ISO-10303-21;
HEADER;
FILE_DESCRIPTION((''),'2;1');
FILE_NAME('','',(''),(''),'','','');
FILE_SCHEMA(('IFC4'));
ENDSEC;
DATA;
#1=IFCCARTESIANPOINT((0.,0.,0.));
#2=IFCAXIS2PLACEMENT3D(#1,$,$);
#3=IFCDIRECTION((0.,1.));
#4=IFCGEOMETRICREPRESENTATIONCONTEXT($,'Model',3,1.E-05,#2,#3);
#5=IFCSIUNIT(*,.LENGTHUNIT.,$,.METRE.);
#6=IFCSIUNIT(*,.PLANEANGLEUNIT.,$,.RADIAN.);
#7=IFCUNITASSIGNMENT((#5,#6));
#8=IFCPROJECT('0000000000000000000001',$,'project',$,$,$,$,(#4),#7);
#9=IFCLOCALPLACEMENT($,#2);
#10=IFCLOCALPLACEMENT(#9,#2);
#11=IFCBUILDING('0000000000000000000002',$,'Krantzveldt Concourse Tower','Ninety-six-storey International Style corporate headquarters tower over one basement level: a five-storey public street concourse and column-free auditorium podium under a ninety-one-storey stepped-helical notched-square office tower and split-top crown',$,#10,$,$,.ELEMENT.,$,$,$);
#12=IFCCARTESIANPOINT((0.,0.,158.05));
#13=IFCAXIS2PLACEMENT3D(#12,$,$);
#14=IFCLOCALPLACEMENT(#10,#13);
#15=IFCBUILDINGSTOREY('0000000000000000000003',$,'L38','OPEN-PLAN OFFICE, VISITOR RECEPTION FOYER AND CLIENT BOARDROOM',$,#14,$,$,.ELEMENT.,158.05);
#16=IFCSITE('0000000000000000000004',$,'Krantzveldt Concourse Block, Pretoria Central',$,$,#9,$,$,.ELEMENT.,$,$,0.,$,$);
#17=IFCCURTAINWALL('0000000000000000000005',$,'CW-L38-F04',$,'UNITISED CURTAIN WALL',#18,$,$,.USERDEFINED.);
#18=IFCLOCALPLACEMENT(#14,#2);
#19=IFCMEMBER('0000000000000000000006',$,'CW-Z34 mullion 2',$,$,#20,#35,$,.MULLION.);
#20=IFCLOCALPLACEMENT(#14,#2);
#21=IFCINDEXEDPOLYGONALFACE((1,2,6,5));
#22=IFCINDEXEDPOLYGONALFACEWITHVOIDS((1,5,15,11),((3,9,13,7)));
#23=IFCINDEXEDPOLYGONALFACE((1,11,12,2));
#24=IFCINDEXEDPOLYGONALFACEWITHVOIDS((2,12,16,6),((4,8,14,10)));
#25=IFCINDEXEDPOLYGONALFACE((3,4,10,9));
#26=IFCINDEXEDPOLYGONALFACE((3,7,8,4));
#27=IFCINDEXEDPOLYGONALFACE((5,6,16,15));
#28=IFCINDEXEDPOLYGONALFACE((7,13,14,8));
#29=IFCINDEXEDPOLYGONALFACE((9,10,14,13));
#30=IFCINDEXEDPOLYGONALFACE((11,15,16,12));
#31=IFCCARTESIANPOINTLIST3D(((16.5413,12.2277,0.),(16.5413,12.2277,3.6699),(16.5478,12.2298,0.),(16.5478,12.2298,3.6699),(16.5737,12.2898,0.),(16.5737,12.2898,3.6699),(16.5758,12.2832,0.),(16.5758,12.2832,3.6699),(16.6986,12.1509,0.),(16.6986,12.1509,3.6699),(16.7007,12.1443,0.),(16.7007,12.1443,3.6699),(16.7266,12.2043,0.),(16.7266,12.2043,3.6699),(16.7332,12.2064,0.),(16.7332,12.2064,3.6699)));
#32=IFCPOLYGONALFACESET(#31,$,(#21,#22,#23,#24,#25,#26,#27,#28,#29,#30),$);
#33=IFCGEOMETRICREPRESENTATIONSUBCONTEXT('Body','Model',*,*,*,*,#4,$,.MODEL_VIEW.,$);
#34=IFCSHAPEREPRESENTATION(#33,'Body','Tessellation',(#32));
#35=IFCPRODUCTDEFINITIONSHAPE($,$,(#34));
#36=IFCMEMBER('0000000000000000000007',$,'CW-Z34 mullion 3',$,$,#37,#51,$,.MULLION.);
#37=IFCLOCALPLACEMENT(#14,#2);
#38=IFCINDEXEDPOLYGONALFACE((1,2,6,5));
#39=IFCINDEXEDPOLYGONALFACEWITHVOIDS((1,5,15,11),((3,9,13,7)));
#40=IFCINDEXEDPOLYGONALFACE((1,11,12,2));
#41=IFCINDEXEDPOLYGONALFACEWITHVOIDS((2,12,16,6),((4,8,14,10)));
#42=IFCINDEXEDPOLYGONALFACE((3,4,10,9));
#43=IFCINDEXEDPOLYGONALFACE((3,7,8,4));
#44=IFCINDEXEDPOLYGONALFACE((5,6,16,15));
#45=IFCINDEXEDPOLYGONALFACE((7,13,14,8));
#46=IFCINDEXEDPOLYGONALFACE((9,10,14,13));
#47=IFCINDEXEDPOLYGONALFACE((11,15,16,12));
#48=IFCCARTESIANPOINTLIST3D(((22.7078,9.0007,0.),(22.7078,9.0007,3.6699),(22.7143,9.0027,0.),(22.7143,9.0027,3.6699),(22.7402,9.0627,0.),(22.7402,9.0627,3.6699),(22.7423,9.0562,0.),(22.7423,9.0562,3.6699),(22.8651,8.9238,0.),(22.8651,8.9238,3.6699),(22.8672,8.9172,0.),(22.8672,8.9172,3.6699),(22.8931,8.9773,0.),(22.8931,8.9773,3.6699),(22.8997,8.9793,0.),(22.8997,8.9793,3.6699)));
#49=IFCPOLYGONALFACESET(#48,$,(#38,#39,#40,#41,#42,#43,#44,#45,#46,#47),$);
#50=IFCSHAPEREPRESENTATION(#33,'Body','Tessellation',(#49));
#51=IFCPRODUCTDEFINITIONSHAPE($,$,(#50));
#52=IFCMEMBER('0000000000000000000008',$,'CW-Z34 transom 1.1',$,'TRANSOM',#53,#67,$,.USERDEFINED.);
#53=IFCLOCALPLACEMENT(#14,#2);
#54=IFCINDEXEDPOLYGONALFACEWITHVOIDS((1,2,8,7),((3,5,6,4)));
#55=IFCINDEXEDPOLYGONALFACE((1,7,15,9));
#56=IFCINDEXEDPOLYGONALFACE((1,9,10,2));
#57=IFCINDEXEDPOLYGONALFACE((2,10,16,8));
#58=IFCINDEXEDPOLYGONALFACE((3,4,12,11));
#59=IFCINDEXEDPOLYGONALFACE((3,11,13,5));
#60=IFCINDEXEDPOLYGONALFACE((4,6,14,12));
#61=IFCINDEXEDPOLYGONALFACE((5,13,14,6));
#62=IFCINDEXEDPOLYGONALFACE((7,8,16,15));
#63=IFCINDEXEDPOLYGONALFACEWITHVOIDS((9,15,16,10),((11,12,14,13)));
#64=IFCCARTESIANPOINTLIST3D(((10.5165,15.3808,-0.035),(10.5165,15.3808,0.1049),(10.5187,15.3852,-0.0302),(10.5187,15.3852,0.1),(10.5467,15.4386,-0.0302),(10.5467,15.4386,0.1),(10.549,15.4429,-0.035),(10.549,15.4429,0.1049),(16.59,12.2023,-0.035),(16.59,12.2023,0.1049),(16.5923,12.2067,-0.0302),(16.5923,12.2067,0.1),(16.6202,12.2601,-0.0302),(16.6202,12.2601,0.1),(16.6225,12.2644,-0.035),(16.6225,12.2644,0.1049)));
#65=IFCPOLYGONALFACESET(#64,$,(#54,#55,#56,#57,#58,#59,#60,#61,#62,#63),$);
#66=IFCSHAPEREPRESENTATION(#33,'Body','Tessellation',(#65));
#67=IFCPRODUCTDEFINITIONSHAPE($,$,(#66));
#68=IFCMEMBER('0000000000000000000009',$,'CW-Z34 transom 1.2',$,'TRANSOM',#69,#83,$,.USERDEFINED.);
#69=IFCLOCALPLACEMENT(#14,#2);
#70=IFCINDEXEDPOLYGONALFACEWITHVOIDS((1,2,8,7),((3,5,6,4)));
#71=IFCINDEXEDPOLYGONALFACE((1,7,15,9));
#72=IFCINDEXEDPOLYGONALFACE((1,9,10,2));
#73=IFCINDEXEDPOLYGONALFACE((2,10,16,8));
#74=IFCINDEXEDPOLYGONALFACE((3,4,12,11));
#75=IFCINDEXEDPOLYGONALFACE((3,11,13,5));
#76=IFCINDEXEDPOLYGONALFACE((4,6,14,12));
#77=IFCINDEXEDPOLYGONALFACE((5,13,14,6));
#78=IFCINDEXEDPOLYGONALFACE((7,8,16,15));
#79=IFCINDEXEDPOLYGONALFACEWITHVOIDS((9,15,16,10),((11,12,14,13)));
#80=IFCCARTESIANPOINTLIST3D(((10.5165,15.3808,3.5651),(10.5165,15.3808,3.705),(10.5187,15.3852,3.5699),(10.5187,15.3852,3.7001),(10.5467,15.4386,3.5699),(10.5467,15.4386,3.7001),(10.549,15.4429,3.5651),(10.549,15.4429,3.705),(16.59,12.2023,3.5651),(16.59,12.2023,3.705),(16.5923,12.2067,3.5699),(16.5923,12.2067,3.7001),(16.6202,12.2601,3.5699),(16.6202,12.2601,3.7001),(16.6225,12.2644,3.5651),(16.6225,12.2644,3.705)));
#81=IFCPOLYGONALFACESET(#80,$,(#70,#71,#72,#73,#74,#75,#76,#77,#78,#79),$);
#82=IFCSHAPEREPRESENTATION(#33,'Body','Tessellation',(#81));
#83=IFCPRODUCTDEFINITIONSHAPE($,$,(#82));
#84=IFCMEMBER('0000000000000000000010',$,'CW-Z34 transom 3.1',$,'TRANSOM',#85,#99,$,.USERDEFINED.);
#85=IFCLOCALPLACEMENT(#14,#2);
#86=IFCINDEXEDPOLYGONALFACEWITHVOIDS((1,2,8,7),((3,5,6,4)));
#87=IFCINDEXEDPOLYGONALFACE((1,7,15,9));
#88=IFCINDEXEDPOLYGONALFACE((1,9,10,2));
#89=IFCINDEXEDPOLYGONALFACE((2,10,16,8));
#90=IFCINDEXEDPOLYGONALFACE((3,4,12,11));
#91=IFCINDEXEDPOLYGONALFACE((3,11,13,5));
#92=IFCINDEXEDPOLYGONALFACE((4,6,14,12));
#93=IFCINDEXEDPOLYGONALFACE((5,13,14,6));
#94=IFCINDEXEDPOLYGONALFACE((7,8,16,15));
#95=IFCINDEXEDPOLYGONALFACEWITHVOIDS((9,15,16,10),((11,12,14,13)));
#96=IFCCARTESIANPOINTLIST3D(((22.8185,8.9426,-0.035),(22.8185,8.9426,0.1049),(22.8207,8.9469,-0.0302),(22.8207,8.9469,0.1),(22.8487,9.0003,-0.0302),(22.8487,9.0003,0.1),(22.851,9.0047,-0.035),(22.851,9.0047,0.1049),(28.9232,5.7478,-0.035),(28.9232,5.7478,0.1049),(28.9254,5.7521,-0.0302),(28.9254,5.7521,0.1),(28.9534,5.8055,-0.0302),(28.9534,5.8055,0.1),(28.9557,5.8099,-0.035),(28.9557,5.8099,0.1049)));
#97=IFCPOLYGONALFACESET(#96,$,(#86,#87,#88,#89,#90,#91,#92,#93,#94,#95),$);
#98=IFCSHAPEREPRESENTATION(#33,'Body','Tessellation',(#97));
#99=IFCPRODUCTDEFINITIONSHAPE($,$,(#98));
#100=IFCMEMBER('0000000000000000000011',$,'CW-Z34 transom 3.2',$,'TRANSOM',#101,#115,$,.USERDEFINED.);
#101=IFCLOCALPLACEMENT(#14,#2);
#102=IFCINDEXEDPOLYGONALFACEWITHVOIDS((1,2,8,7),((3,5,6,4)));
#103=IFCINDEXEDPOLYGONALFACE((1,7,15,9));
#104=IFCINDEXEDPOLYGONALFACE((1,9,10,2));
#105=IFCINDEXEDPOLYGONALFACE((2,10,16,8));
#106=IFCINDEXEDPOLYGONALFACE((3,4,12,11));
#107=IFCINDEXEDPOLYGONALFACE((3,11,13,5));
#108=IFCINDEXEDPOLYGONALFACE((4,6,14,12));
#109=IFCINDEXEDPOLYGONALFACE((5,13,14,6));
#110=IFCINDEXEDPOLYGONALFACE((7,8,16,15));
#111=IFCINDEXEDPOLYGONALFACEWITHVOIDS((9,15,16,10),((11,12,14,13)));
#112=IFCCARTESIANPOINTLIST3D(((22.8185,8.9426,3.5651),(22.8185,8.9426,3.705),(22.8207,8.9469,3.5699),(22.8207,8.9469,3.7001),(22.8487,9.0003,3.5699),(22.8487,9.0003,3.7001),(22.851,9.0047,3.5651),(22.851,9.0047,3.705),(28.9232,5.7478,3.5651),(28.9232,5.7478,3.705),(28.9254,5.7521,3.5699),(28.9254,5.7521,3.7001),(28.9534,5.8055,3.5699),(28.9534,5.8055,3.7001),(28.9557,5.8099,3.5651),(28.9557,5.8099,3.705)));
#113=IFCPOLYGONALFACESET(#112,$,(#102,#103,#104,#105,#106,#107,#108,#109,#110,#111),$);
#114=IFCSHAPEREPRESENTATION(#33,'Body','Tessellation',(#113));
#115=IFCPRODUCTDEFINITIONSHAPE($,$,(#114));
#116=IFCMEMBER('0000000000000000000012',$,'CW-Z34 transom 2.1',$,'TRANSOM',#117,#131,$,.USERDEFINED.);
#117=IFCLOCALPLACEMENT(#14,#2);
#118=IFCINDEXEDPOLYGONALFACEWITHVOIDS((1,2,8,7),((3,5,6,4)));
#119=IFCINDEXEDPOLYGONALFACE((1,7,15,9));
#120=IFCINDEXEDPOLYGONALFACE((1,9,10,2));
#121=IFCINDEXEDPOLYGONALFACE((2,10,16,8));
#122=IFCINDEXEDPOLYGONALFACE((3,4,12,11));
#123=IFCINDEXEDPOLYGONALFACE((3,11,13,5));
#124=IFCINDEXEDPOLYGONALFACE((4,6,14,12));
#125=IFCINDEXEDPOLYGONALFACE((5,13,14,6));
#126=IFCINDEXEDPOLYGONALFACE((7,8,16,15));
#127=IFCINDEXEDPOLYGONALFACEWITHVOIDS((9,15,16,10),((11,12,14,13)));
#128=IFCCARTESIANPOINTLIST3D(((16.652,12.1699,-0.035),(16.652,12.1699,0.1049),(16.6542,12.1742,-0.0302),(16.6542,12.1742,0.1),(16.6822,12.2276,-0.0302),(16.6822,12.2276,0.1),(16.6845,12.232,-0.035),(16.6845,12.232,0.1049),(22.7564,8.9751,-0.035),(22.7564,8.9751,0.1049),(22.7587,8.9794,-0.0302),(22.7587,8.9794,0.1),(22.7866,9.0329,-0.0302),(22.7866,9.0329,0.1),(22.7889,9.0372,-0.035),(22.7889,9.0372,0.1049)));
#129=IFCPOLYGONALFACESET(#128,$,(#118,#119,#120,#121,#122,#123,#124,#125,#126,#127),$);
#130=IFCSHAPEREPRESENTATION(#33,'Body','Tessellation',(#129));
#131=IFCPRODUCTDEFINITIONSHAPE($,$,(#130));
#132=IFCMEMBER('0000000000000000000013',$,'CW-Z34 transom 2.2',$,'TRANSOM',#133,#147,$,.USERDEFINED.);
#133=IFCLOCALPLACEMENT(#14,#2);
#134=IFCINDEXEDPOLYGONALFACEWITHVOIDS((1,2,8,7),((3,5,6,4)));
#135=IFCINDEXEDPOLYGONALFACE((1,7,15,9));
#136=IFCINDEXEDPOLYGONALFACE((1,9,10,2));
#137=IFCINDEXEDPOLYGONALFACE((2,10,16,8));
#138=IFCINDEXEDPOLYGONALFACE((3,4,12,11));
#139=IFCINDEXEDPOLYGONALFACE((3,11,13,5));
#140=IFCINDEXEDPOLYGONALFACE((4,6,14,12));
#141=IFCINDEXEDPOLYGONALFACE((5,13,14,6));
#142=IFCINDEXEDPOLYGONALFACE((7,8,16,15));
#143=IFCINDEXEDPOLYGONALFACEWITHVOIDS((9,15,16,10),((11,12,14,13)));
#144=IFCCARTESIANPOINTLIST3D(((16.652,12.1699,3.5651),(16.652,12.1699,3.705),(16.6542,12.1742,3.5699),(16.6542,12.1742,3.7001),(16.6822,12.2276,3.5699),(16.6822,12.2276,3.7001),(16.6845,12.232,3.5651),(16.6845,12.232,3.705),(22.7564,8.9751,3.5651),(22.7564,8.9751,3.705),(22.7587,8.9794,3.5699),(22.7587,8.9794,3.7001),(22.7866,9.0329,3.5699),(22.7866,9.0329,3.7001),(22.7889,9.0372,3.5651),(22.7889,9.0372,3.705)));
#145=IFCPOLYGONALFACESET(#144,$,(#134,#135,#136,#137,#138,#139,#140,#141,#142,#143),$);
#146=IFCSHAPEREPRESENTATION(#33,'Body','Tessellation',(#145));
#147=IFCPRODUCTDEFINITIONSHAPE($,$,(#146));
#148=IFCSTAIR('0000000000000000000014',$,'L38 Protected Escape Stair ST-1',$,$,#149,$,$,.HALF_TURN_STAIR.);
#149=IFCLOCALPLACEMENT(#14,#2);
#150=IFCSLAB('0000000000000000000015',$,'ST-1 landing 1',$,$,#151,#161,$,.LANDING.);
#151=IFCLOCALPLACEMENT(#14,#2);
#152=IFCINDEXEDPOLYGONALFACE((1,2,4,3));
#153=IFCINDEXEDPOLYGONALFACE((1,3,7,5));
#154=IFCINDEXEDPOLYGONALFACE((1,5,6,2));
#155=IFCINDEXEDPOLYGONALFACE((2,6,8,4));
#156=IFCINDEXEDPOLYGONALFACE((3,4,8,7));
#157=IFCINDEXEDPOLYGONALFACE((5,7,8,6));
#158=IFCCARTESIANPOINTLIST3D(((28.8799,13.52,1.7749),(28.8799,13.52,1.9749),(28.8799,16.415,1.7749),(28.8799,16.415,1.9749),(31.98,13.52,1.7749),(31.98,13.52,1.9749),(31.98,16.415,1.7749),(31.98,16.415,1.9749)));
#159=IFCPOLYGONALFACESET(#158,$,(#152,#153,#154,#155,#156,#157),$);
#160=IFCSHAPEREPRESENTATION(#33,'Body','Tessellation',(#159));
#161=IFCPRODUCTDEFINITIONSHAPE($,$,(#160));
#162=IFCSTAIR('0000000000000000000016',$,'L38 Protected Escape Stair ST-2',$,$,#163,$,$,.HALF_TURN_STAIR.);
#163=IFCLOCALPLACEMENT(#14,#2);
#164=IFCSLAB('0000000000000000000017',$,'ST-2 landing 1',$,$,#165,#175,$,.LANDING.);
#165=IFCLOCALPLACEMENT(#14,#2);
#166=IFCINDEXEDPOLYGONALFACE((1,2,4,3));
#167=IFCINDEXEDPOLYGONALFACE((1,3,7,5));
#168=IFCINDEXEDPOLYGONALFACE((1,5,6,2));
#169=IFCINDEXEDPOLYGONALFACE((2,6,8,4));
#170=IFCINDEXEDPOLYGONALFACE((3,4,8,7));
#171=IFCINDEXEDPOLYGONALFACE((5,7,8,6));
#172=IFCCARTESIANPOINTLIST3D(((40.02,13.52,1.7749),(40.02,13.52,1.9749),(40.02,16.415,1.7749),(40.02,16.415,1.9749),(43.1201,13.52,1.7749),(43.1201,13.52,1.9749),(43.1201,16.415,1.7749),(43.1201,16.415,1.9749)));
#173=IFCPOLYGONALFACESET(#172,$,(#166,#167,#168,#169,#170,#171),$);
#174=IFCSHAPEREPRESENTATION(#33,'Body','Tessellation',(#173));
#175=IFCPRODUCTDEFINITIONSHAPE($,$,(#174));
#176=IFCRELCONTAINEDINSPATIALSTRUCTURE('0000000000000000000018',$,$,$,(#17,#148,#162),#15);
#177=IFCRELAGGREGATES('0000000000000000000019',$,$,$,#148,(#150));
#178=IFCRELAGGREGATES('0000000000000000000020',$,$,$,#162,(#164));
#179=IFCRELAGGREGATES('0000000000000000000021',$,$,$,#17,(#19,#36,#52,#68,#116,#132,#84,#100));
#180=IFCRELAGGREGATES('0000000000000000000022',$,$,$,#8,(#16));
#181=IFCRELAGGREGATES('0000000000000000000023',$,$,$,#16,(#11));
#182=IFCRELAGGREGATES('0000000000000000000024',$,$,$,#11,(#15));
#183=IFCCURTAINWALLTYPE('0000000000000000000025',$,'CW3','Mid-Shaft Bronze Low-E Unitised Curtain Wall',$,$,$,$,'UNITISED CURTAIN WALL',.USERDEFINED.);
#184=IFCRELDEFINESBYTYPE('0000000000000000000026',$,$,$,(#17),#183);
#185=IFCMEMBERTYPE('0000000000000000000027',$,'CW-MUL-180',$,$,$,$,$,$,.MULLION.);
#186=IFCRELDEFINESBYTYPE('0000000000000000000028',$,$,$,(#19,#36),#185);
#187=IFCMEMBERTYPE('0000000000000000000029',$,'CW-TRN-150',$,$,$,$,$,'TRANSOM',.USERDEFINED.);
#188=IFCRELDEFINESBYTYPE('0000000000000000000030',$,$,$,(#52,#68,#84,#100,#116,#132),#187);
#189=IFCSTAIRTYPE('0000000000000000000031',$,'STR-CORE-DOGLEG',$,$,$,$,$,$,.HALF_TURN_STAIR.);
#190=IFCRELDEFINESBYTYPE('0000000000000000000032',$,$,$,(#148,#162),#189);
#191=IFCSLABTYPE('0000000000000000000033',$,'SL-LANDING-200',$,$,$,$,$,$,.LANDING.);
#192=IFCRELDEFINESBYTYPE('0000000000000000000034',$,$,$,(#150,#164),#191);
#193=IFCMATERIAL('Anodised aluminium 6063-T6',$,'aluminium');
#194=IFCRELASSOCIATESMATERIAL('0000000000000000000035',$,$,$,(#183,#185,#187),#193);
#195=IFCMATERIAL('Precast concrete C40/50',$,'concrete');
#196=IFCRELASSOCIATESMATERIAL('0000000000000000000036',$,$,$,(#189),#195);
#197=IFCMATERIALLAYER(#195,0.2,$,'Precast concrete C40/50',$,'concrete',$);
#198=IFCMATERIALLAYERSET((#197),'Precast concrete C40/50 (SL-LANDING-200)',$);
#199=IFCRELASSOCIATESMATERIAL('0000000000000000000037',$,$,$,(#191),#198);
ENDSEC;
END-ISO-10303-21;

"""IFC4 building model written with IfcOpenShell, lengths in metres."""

from ifc_helpers import new_model, si_unit, direction, frame, origin, origin_2d, place, context, subcontext, project, spatial, polyline, hollow_rectangle, outline, extrude, source, transform, mapped, material, layer, layer_set, material_profile, profile_set, type_object, type_shapes, element, aggregate, save


model = new_model("IFC4")

# Units and contexts
model_context = context("Model", 3, precision=1e-05, world=origin(), true_north=direction((0.0, 1.0)))
body_context = subcontext(model_context, "Body", "Model", "MODEL_VIEW")
ifc_project = project(units=[si_unit("LENGTHUNIT", "METRE"), si_unit("PLANEANGLEUNIT", "RADIAN")], contexts=[model_context])

# Site, building, storey
site_placement = place(None, origin())
site = spatial("IfcSite", under=ifc_project, at=site_placement, Name="Krantzveldt Concourse Block, Pretoria Central", CompositionType="ELEMENT", RefElevation=0.0)
building_placement = place(site_placement, origin())
building = spatial("IfcBuilding", under=site, at=building_placement, Name="Krantzveldt Concourse Tower", Description="Ninety-six-storey International Style corporate headquarters tower over one basement level: a five-storey public street concourse and column-free auditorium podium under a ninety-one-storey stepped-helical notched-square office tower and split-top crown", CompositionType="ELEMENT")
storey_placement = place(building_placement, frame((0.0, 0.0, 158.05)))
storey = spatial("IfcBuildingStorey", under=building, at=storey_placement, Name="L38", Description="OPEN-PLAN OFFICE, VISITOR RECEPTION FOYER AND CLIENT BOARDROOM", CompositionType="ELEMENT", Elevation=158.05)

# Shared definitions
ifc_material_1 = material(Name="Anodised aluminium 6063-T6", Category="aluminium")
curtain_wall_type = type_object("IfcCurtainWallType", Name="CW3", Description="Mid-Shaft Bronze Low-E Unitised Curtain Wall", ElementType="UNITISED CURTAIN WALL", PredefinedType="USERDEFINED", material=ifc_material_1)
ifc_material_profile_1 = material_profile(ifc_material_1, hollow_rectangle(XDim=0.0701, YDim=0.1799, WallThickness=0.0049, at=origin_2d()), Name="Anodised aluminium 6063-T6", Category="aluminium")
ifc_profile_set_1 = profile_set([ifc_material_profile_1], Name="Anodised aluminium 6063-T6 - ALU-MULL 180x70x5")
member_type_1 = type_object("IfcMemberType", Name="CW-MUL-180", PredefinedType="MULLION", material=ifc_profile_set_1)
shared_shape_1 = source(origin(), body_context, "Body", "SweptSolid", [
    extrude(hollow_rectangle(XDim=0.0701, YDim=0.1799, WallThickness=0.0049, at=origin_2d()), origin(), (0.0, 0.0, 1.0), 3.6699),
])
type_shapes(member_type_1, [shared_shape_1])

# Curtain wall, members
curtain_wall_1_placement = place(storey_placement, origin())
curtain_wall_1 = element("IfcCurtainWall", 1, at=curtain_wall_1_placement, inside=storey, type_object=curtain_wall_type, Name="CW-L38-F04", ObjectType="UNITISED CURTAIN WALL", PredefinedType="USERDEFINED")
member_1_placement = place(storey_placement, frame((16.6372, 12.217, 0.0), z_axis=(0.0, 0.0, 1.0), x_axis=(0.463683, 0.886001, 0.0)))
member_1 = element("IfcMember", 2, at=member_1_placement, type_object=member_type_1, Name="CW-Z34 mullion 2", PredefinedType="MULLION", context=body_context, shape_type="MappedRepresentation", body=[
    mapped(shared_shape_1, transform((0.0, 0.0, 0.0), x_axis=(1.0, 0.0, 0.0), y_axis=(0.0, 1.0, 0.0), z_axis=(0.0, 0.0, 1.0), scale=1.0)),
])
member_2_placement = place(storey_placement, frame((22.8037, 8.99, 0.0), z_axis=(0.0, 0.0, 1.0), x_axis=(0.463683, 0.886001, 0.0)))
member_2 = element("IfcMember", 3, at=member_2_placement, type_object=member_type_1, Name="CW-Z34 mullion 3", PredefinedType="MULLION", context=body_context, shape_type="MappedRepresentation", body=[
    mapped(shared_shape_1, transform((0.0, 0.0, 0.0), x_axis=(1.0, 0.0, 0.0), y_axis=(0.0, 1.0, 0.0), z_axis=(0.0, 0.0, 1.0), scale=1.0)),
])
ifc_material_profile_2 = material_profile(ifc_material_1, hollow_rectangle(XDim=0.0701, YDim=0.1399, WallThickness=0.0049, at=origin_2d()), Name="Anodised aluminium 6063-T6", Category="aluminium")
ifc_profile_set_2 = profile_set([ifc_material_profile_2], Name="Anodised aluminium 6063-T6 - ALU-TRAN 140x70x5")
member_type_2 = type_object("IfcMemberType", Name="CW-TRN-150", ElementType="TRANSOM", PredefinedType="USERDEFINED", material=ifc_profile_set_2)
shared_shape_2 = source(origin(), body_context, "Body", "SweptSolid", [
    extrude(hollow_rectangle(XDim=0.0701, YDim=0.1399, WallThickness=0.0049, at=origin_2d()), origin(), (0.0, 0.0, 1.0), 6.855),
])
member_3_placement = place(storey_placement, frame((10.5327, 15.4119, 0.0349), z_axis=(0.886004, -0.463677, 0.0), x_axis=(0.463677, 0.886004, 0.0)))
member_3 = element("IfcMember", 4, at=member_3_placement, type_object=member_type_2, Name="CW-Z34 transom 1.1", ObjectType="TRANSOM", PredefinedType="USERDEFINED", context=body_context, shape_type="MappedRepresentation", body=[
    mapped(shared_shape_2, transform((0.0, 0.0, 0.0), x_axis=(1.0, 0.0, 0.0), y_axis=(0.0, 1.0, 0.0), z_axis=(0.0, 0.0, 1.0), scale=1.0)),
])
member_4_placement = place(storey_placement, frame((10.5327, 15.4119, 3.635), z_axis=(0.886004, -0.463677, 0.0), x_axis=(0.463677, 0.886004, 0.0)))
member_4 = element("IfcMember", 5, at=member_4_placement, type_object=member_type_2, Name="CW-Z34 transom 1.2", ObjectType="TRANSOM", PredefinedType="USERDEFINED", context=body_context, shape_type="MappedRepresentation", body=[
    mapped(shared_shape_2, transform((0.0, 0.0, 0.0), x_axis=(1.0, 0.0, 0.0), y_axis=(0.0, 1.0, 0.0), z_axis=(0.0, 0.0, 1.0), scale=1.0)),
])
shared_shape_3 = source(origin(), body_context, "Body", "SweptSolid", [
    extrude(hollow_rectangle(XDim=0.0701, YDim=0.1399, WallThickness=0.0049, at=origin_2d()), origin(), (0.0, 0.0, 1.0), 6.8901),
])
member_5_placement = place(storey_placement, frame((22.8347, 8.9736, 0.0349), z_axis=(0.886004, -0.463677, 0.0), x_axis=(0.463677, 0.886004, 0.0)))
member_5 = element("IfcMember", 6, at=member_5_placement, type_object=member_type_2, Name="CW-Z34 transom 3.1", ObjectType="TRANSOM", PredefinedType="USERDEFINED", context=body_context, shape_type="MappedRepresentation", body=[
    mapped(shared_shape_3, transform((0.0, 0.0, 0.0), x_axis=(1.0, 0.0, 0.0), y_axis=(0.0, 1.0, 0.0), z_axis=(0.0, 0.0, 1.0), scale=1.0)),
])
member_6_placement = place(storey_placement, frame((22.8347, 8.9736, 3.635), z_axis=(0.886004, -0.463677, 0.0), x_axis=(0.463677, 0.886004, 0.0)))
member_6 = element("IfcMember", 7, at=member_6_placement, type_object=member_type_2, Name="CW-Z34 transom 3.2", ObjectType="TRANSOM", PredefinedType="USERDEFINED", context=body_context, shape_type="MappedRepresentation", body=[
    mapped(shared_shape_3, transform((0.0, 0.0, 0.0), x_axis=(1.0, 0.0, 0.0), y_axis=(0.0, 1.0, 0.0), z_axis=(0.0, 0.0, 1.0), scale=1.0)),
])
shared_shape_4 = source(origin(), body_context, "Body", "SweptSolid", [
    extrude(hollow_rectangle(XDim=0.0701, YDim=0.1399, WallThickness=0.0049, at=origin_2d()), origin(), (0.0, 0.0, 1.0), 6.8899),
])
type_shapes(member_type_2, [shared_shape_2, shared_shape_3, shared_shape_4])
member_7_placement = place(storey_placement, frame((16.6682, 12.2009, 0.0349), z_axis=(0.885997, -0.463692, 0.0), x_axis=(0.463692, 0.885997, 0.0)))
member_7 = element("IfcMember", 8, at=member_7_placement, type_object=member_type_2, Name="CW-Z34 transom 2.1", ObjectType="TRANSOM", PredefinedType="USERDEFINED", context=body_context, shape_type="MappedRepresentation", body=[
    mapped(shared_shape_4, transform((0.0, 0.0, 0.0), x_axis=(1.0, 0.0, 0.0), y_axis=(0.0, 1.0, 0.0), z_axis=(0.0, 0.0, 1.0), scale=1.0)),
])
member_8_placement = place(storey_placement, frame((16.6682, 12.2009, 3.635), z_axis=(0.885997, -0.463692, 0.0), x_axis=(0.463692, 0.885997, 0.0)))
member_8 = element("IfcMember", 9, at=member_8_placement, type_object=member_type_2, Name="CW-Z34 transom 2.2", ObjectType="TRANSOM", PredefinedType="USERDEFINED", context=body_context, shape_type="MappedRepresentation", body=[
    mapped(shared_shape_4, transform((0.0, 0.0, 0.0), x_axis=(1.0, 0.0, 0.0), y_axis=(0.0, 1.0, 0.0), z_axis=(0.0, 0.0, 1.0), scale=1.0)),
])

# Stairs, slabs
ifc_material_2 = material(Name="Precast concrete C40/50", Category="concrete")
stair_type = type_object("IfcStairType", Name="STR-CORE-DOGLEG", PredefinedType="HALF_TURN_STAIR", material=ifc_material_2)
stair_1_placement = place(storey_placement, origin())
stair_1 = element("IfcStair", 10, at=stair_1_placement, inside=storey, type_object=stair_type, Name="L38 Protected Escape Stair ST-1", PredefinedType="HALF_TURN_STAIR")
ifc_layer_1 = layer(ifc_material_2, 0.2, Name="Precast concrete C40/50", Category="concrete")
ifc_layer_set_1 = layer_set([ifc_layer_1], Name="Precast concrete C40/50 (SL-LANDING-200)")
slab_type_1 = type_object("IfcSlabType", Name="SL-LANDING-200", PredefinedType="LANDING", material=ifc_layer_set_1)
slab_1_placement = place(storey_placement, frame((0.0, 0.0, 1.7749)))
slab_1 = element("IfcSlab", 11, at=slab_1_placement, type_object=slab_type_1, Name="ST-1 landing 1", PredefinedType="LANDING", context=body_context, shape_type="SweptSolid", body=[
    extrude(outline(polyline([(28.8799, 16.415), (28.8799, 13.52), (31.98, 13.52), (31.98, 16.415), (28.8799, 16.415)])), origin(), (0.0, 0.0, 1.0), 0.2),
])
aggregate(stair_1, [slab_1])
stair_2_placement = place(storey_placement, origin())
stair_2 = element("IfcStair", 12, at=stair_2_placement, inside=storey, type_object=stair_type, Name="L38 Protected Escape Stair ST-2", PredefinedType="HALF_TURN_STAIR")
slab_2_placement = place(storey_placement, frame((0.0, 0.0, 1.7749)))
slab_2 = element("IfcSlab", 13, at=slab_2_placement, type_object=slab_type_1, Name="ST-2 landing 1", PredefinedType="LANDING", context=body_context, shape_type="SweptSolid", body=[
    extrude(outline(polyline([(40.02, 16.415), (40.02, 13.52), (43.1201, 13.52), (43.1201, 16.415), (40.02, 16.415)])), origin(), (0.0, 0.0, 1.0), 0.2),
])
aggregate(stair_2, [slab_2])

aggregate(curtain_wall_1, [member_1, member_2, member_3, member_4, member_7, member_8, member_5, member_6])

save(model, "model.ifc")
